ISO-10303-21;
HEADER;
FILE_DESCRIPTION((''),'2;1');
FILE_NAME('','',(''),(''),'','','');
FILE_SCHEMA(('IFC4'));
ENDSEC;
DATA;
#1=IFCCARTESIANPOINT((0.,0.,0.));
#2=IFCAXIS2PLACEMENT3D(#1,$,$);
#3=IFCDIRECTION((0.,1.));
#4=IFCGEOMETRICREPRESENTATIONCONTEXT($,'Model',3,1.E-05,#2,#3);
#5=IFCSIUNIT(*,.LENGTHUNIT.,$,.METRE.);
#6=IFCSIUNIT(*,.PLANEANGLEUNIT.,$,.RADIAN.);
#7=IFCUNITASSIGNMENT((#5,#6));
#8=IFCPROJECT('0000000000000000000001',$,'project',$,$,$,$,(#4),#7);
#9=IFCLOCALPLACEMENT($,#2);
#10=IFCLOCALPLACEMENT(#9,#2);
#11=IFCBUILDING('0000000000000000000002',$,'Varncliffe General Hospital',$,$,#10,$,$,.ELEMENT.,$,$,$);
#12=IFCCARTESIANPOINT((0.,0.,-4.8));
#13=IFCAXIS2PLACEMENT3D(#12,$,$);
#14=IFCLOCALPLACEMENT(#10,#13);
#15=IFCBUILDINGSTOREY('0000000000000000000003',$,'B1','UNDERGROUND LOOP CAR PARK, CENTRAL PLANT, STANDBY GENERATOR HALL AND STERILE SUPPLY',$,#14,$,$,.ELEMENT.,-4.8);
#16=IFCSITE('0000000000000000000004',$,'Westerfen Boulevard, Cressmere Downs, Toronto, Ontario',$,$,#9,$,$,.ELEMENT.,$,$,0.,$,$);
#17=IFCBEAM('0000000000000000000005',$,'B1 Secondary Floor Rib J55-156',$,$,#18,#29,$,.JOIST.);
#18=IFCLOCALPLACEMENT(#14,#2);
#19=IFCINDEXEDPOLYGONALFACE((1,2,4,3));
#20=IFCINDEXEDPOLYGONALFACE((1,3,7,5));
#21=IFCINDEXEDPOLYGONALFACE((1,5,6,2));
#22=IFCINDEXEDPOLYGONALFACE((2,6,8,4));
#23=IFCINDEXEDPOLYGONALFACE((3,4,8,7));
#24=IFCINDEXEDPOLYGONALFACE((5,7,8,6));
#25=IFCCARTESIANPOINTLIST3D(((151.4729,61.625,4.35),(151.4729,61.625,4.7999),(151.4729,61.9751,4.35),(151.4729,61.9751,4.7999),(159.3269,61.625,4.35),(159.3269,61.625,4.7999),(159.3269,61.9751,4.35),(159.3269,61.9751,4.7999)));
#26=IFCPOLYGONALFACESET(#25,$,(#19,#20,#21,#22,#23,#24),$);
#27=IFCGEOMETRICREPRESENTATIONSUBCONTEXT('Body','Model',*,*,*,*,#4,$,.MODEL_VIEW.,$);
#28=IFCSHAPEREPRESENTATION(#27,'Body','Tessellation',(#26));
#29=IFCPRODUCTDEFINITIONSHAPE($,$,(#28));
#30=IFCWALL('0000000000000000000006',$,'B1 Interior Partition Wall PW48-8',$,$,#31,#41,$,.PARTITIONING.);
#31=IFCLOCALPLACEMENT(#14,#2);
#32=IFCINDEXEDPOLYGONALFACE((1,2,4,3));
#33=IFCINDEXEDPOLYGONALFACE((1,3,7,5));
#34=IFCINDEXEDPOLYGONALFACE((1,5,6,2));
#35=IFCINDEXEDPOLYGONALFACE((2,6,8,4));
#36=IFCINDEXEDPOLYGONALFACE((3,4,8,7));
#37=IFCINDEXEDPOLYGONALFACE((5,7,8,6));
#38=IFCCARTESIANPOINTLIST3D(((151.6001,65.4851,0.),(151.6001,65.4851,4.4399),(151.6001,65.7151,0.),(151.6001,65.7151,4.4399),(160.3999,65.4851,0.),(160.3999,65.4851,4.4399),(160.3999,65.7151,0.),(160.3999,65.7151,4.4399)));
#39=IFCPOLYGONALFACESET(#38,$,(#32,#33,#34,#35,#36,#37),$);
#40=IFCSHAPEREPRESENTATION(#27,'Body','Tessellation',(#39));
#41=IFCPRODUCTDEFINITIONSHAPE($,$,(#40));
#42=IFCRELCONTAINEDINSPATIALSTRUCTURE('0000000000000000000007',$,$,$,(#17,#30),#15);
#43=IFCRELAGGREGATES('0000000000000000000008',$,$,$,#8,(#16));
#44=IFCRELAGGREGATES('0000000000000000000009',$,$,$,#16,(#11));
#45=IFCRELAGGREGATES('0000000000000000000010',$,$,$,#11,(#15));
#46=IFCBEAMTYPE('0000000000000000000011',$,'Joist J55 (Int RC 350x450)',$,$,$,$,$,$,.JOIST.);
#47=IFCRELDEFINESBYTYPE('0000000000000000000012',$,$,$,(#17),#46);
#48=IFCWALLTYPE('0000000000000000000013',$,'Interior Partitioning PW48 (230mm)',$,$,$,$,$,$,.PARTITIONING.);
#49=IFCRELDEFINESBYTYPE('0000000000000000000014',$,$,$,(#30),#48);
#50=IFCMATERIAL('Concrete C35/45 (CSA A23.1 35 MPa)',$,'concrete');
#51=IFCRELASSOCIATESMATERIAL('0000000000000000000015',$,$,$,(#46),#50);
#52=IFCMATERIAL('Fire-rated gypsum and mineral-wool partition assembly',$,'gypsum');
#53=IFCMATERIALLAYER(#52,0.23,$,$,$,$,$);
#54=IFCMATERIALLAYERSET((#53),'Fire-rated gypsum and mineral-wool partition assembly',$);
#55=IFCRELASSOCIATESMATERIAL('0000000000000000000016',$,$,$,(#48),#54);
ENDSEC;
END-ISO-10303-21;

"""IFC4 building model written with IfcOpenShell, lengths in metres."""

from ifc_helpers import new_model, si_unit, direction, frame, frame_2d, origin, origin_2d, place, context, subcontext, project, spatial, rectangle, extrude, material, layer, layer_set, material_profile, profile_set, type_object, element, save


model = new_model("IFC4")

# Units and contexts
model_context = context("Model", 3, precision=1e-05, world=origin(), true_north=direction((0.0, 1.0)))
body_context = subcontext(model_context, "Body", "Model", "MODEL_VIEW")
ifc_project = project(units=[si_unit("LENGTHUNIT", "METRE"), si_unit("PLANEANGLEUNIT", "RADIAN")], contexts=[model_context])

# Site, building, storey
site_placement = place(None, origin())
site = spatial("IfcSite", under=ifc_project, at=site_placement, Name="Westerfen Boulevard, Cressmere Downs, Toronto, Ontario", CompositionType="ELEMENT", RefElevation=0.0)
building_placement = place(site_placement, origin())
building = spatial("IfcBuilding", under=site, at=building_placement, Name="Varncliffe General Hospital", CompositionType="ELEMENT")
storey_placement = place(building_placement, frame((0.0, 0.0, -4.8)))
storey = spatial("IfcBuildingStorey", under=building, at=storey_placement, Name="B1", Description="UNDERGROUND LOOP CAR PARK, CENTRAL PLANT, STANDBY GENERATOR HALL AND STERILE SUPPLY", CompositionType="ELEMENT", Elevation=-4.8)

# Beam
ifc_material_1 = material(Name="Concrete C35/45 (CSA A23.1 35 MPa)", Category="concrete")
ifc_material_profile_1 = material_profile(ifc_material_1, rectangle(XDim=0.3501, YDim=0.45, at=origin_2d()), Name="RC 350x450")
ifc_profile_set_1 = profile_set([ifc_material_profile_1], Name="Concrete C35/45 (CSA A23.1 35 MPa)")
beam_type_1 = type_object("IfcBeamType", Name="Joist J55 (Int RC 350x450)", PredefinedType="JOIST", material=ifc_profile_set_1)
for number, where, z_axis, x_axis, name in (
    (1, (151.4729, 61.8, 4.575), (1.0, 0.0, 0.0), (0.0, 1.0, 0.0), "B1 Secondary Floor Rib J55-156"),
):
    element("IfcBeam", number, at=place(storey_placement, frame(where, z_axis=z_axis, x_axis=x_axis)), inside=storey, type_object=beam_type_1, Name=name, PredefinedType="JOIST", context=body_context, shape_type="SweptSolid", body=[
        extrude(rectangle(XDim=0.3501, YDim=0.45, at=origin_2d()), origin(), (0.0, 0.0, 1.0), 7.854),
    ])

# Wall
ifc_material_2 = material(Name="Fire-rated gypsum and mineral-wool partition assembly", Category="gypsum")
ifc_layer = layer(ifc_material_2, 0.23)
ifc_layer_set = layer_set([ifc_layer], Name="Fire-rated gypsum and mineral-wool partition assembly")
wall_type = type_object("IfcWallType", Name="Interior Partitioning PW48 (230mm)", PredefinedType="PARTITIONING", material=ifc_layer_set)
wall_placement = place(storey_placement, frame((151.6001, 65.6001, 0.0), z_axis=(0.0, 0.0, 1.0), x_axis=(1.0, 0.0, 0.0)))
element("IfcWall", 2, at=wall_placement, inside=storey, type_object=wall_type, Name="B1 Interior Partition Wall PW48-8", PredefinedType="PARTITIONING", context=body_context, shape_type="SweptSolid", body=[
    extrude(rectangle(XDim=8.7998, YDim=0.23, at=frame_2d((4.3999, 0.0))), origin(), (0.0, 0.0, 1.0), 4.4399),
])

save(model, "model.ifc")
